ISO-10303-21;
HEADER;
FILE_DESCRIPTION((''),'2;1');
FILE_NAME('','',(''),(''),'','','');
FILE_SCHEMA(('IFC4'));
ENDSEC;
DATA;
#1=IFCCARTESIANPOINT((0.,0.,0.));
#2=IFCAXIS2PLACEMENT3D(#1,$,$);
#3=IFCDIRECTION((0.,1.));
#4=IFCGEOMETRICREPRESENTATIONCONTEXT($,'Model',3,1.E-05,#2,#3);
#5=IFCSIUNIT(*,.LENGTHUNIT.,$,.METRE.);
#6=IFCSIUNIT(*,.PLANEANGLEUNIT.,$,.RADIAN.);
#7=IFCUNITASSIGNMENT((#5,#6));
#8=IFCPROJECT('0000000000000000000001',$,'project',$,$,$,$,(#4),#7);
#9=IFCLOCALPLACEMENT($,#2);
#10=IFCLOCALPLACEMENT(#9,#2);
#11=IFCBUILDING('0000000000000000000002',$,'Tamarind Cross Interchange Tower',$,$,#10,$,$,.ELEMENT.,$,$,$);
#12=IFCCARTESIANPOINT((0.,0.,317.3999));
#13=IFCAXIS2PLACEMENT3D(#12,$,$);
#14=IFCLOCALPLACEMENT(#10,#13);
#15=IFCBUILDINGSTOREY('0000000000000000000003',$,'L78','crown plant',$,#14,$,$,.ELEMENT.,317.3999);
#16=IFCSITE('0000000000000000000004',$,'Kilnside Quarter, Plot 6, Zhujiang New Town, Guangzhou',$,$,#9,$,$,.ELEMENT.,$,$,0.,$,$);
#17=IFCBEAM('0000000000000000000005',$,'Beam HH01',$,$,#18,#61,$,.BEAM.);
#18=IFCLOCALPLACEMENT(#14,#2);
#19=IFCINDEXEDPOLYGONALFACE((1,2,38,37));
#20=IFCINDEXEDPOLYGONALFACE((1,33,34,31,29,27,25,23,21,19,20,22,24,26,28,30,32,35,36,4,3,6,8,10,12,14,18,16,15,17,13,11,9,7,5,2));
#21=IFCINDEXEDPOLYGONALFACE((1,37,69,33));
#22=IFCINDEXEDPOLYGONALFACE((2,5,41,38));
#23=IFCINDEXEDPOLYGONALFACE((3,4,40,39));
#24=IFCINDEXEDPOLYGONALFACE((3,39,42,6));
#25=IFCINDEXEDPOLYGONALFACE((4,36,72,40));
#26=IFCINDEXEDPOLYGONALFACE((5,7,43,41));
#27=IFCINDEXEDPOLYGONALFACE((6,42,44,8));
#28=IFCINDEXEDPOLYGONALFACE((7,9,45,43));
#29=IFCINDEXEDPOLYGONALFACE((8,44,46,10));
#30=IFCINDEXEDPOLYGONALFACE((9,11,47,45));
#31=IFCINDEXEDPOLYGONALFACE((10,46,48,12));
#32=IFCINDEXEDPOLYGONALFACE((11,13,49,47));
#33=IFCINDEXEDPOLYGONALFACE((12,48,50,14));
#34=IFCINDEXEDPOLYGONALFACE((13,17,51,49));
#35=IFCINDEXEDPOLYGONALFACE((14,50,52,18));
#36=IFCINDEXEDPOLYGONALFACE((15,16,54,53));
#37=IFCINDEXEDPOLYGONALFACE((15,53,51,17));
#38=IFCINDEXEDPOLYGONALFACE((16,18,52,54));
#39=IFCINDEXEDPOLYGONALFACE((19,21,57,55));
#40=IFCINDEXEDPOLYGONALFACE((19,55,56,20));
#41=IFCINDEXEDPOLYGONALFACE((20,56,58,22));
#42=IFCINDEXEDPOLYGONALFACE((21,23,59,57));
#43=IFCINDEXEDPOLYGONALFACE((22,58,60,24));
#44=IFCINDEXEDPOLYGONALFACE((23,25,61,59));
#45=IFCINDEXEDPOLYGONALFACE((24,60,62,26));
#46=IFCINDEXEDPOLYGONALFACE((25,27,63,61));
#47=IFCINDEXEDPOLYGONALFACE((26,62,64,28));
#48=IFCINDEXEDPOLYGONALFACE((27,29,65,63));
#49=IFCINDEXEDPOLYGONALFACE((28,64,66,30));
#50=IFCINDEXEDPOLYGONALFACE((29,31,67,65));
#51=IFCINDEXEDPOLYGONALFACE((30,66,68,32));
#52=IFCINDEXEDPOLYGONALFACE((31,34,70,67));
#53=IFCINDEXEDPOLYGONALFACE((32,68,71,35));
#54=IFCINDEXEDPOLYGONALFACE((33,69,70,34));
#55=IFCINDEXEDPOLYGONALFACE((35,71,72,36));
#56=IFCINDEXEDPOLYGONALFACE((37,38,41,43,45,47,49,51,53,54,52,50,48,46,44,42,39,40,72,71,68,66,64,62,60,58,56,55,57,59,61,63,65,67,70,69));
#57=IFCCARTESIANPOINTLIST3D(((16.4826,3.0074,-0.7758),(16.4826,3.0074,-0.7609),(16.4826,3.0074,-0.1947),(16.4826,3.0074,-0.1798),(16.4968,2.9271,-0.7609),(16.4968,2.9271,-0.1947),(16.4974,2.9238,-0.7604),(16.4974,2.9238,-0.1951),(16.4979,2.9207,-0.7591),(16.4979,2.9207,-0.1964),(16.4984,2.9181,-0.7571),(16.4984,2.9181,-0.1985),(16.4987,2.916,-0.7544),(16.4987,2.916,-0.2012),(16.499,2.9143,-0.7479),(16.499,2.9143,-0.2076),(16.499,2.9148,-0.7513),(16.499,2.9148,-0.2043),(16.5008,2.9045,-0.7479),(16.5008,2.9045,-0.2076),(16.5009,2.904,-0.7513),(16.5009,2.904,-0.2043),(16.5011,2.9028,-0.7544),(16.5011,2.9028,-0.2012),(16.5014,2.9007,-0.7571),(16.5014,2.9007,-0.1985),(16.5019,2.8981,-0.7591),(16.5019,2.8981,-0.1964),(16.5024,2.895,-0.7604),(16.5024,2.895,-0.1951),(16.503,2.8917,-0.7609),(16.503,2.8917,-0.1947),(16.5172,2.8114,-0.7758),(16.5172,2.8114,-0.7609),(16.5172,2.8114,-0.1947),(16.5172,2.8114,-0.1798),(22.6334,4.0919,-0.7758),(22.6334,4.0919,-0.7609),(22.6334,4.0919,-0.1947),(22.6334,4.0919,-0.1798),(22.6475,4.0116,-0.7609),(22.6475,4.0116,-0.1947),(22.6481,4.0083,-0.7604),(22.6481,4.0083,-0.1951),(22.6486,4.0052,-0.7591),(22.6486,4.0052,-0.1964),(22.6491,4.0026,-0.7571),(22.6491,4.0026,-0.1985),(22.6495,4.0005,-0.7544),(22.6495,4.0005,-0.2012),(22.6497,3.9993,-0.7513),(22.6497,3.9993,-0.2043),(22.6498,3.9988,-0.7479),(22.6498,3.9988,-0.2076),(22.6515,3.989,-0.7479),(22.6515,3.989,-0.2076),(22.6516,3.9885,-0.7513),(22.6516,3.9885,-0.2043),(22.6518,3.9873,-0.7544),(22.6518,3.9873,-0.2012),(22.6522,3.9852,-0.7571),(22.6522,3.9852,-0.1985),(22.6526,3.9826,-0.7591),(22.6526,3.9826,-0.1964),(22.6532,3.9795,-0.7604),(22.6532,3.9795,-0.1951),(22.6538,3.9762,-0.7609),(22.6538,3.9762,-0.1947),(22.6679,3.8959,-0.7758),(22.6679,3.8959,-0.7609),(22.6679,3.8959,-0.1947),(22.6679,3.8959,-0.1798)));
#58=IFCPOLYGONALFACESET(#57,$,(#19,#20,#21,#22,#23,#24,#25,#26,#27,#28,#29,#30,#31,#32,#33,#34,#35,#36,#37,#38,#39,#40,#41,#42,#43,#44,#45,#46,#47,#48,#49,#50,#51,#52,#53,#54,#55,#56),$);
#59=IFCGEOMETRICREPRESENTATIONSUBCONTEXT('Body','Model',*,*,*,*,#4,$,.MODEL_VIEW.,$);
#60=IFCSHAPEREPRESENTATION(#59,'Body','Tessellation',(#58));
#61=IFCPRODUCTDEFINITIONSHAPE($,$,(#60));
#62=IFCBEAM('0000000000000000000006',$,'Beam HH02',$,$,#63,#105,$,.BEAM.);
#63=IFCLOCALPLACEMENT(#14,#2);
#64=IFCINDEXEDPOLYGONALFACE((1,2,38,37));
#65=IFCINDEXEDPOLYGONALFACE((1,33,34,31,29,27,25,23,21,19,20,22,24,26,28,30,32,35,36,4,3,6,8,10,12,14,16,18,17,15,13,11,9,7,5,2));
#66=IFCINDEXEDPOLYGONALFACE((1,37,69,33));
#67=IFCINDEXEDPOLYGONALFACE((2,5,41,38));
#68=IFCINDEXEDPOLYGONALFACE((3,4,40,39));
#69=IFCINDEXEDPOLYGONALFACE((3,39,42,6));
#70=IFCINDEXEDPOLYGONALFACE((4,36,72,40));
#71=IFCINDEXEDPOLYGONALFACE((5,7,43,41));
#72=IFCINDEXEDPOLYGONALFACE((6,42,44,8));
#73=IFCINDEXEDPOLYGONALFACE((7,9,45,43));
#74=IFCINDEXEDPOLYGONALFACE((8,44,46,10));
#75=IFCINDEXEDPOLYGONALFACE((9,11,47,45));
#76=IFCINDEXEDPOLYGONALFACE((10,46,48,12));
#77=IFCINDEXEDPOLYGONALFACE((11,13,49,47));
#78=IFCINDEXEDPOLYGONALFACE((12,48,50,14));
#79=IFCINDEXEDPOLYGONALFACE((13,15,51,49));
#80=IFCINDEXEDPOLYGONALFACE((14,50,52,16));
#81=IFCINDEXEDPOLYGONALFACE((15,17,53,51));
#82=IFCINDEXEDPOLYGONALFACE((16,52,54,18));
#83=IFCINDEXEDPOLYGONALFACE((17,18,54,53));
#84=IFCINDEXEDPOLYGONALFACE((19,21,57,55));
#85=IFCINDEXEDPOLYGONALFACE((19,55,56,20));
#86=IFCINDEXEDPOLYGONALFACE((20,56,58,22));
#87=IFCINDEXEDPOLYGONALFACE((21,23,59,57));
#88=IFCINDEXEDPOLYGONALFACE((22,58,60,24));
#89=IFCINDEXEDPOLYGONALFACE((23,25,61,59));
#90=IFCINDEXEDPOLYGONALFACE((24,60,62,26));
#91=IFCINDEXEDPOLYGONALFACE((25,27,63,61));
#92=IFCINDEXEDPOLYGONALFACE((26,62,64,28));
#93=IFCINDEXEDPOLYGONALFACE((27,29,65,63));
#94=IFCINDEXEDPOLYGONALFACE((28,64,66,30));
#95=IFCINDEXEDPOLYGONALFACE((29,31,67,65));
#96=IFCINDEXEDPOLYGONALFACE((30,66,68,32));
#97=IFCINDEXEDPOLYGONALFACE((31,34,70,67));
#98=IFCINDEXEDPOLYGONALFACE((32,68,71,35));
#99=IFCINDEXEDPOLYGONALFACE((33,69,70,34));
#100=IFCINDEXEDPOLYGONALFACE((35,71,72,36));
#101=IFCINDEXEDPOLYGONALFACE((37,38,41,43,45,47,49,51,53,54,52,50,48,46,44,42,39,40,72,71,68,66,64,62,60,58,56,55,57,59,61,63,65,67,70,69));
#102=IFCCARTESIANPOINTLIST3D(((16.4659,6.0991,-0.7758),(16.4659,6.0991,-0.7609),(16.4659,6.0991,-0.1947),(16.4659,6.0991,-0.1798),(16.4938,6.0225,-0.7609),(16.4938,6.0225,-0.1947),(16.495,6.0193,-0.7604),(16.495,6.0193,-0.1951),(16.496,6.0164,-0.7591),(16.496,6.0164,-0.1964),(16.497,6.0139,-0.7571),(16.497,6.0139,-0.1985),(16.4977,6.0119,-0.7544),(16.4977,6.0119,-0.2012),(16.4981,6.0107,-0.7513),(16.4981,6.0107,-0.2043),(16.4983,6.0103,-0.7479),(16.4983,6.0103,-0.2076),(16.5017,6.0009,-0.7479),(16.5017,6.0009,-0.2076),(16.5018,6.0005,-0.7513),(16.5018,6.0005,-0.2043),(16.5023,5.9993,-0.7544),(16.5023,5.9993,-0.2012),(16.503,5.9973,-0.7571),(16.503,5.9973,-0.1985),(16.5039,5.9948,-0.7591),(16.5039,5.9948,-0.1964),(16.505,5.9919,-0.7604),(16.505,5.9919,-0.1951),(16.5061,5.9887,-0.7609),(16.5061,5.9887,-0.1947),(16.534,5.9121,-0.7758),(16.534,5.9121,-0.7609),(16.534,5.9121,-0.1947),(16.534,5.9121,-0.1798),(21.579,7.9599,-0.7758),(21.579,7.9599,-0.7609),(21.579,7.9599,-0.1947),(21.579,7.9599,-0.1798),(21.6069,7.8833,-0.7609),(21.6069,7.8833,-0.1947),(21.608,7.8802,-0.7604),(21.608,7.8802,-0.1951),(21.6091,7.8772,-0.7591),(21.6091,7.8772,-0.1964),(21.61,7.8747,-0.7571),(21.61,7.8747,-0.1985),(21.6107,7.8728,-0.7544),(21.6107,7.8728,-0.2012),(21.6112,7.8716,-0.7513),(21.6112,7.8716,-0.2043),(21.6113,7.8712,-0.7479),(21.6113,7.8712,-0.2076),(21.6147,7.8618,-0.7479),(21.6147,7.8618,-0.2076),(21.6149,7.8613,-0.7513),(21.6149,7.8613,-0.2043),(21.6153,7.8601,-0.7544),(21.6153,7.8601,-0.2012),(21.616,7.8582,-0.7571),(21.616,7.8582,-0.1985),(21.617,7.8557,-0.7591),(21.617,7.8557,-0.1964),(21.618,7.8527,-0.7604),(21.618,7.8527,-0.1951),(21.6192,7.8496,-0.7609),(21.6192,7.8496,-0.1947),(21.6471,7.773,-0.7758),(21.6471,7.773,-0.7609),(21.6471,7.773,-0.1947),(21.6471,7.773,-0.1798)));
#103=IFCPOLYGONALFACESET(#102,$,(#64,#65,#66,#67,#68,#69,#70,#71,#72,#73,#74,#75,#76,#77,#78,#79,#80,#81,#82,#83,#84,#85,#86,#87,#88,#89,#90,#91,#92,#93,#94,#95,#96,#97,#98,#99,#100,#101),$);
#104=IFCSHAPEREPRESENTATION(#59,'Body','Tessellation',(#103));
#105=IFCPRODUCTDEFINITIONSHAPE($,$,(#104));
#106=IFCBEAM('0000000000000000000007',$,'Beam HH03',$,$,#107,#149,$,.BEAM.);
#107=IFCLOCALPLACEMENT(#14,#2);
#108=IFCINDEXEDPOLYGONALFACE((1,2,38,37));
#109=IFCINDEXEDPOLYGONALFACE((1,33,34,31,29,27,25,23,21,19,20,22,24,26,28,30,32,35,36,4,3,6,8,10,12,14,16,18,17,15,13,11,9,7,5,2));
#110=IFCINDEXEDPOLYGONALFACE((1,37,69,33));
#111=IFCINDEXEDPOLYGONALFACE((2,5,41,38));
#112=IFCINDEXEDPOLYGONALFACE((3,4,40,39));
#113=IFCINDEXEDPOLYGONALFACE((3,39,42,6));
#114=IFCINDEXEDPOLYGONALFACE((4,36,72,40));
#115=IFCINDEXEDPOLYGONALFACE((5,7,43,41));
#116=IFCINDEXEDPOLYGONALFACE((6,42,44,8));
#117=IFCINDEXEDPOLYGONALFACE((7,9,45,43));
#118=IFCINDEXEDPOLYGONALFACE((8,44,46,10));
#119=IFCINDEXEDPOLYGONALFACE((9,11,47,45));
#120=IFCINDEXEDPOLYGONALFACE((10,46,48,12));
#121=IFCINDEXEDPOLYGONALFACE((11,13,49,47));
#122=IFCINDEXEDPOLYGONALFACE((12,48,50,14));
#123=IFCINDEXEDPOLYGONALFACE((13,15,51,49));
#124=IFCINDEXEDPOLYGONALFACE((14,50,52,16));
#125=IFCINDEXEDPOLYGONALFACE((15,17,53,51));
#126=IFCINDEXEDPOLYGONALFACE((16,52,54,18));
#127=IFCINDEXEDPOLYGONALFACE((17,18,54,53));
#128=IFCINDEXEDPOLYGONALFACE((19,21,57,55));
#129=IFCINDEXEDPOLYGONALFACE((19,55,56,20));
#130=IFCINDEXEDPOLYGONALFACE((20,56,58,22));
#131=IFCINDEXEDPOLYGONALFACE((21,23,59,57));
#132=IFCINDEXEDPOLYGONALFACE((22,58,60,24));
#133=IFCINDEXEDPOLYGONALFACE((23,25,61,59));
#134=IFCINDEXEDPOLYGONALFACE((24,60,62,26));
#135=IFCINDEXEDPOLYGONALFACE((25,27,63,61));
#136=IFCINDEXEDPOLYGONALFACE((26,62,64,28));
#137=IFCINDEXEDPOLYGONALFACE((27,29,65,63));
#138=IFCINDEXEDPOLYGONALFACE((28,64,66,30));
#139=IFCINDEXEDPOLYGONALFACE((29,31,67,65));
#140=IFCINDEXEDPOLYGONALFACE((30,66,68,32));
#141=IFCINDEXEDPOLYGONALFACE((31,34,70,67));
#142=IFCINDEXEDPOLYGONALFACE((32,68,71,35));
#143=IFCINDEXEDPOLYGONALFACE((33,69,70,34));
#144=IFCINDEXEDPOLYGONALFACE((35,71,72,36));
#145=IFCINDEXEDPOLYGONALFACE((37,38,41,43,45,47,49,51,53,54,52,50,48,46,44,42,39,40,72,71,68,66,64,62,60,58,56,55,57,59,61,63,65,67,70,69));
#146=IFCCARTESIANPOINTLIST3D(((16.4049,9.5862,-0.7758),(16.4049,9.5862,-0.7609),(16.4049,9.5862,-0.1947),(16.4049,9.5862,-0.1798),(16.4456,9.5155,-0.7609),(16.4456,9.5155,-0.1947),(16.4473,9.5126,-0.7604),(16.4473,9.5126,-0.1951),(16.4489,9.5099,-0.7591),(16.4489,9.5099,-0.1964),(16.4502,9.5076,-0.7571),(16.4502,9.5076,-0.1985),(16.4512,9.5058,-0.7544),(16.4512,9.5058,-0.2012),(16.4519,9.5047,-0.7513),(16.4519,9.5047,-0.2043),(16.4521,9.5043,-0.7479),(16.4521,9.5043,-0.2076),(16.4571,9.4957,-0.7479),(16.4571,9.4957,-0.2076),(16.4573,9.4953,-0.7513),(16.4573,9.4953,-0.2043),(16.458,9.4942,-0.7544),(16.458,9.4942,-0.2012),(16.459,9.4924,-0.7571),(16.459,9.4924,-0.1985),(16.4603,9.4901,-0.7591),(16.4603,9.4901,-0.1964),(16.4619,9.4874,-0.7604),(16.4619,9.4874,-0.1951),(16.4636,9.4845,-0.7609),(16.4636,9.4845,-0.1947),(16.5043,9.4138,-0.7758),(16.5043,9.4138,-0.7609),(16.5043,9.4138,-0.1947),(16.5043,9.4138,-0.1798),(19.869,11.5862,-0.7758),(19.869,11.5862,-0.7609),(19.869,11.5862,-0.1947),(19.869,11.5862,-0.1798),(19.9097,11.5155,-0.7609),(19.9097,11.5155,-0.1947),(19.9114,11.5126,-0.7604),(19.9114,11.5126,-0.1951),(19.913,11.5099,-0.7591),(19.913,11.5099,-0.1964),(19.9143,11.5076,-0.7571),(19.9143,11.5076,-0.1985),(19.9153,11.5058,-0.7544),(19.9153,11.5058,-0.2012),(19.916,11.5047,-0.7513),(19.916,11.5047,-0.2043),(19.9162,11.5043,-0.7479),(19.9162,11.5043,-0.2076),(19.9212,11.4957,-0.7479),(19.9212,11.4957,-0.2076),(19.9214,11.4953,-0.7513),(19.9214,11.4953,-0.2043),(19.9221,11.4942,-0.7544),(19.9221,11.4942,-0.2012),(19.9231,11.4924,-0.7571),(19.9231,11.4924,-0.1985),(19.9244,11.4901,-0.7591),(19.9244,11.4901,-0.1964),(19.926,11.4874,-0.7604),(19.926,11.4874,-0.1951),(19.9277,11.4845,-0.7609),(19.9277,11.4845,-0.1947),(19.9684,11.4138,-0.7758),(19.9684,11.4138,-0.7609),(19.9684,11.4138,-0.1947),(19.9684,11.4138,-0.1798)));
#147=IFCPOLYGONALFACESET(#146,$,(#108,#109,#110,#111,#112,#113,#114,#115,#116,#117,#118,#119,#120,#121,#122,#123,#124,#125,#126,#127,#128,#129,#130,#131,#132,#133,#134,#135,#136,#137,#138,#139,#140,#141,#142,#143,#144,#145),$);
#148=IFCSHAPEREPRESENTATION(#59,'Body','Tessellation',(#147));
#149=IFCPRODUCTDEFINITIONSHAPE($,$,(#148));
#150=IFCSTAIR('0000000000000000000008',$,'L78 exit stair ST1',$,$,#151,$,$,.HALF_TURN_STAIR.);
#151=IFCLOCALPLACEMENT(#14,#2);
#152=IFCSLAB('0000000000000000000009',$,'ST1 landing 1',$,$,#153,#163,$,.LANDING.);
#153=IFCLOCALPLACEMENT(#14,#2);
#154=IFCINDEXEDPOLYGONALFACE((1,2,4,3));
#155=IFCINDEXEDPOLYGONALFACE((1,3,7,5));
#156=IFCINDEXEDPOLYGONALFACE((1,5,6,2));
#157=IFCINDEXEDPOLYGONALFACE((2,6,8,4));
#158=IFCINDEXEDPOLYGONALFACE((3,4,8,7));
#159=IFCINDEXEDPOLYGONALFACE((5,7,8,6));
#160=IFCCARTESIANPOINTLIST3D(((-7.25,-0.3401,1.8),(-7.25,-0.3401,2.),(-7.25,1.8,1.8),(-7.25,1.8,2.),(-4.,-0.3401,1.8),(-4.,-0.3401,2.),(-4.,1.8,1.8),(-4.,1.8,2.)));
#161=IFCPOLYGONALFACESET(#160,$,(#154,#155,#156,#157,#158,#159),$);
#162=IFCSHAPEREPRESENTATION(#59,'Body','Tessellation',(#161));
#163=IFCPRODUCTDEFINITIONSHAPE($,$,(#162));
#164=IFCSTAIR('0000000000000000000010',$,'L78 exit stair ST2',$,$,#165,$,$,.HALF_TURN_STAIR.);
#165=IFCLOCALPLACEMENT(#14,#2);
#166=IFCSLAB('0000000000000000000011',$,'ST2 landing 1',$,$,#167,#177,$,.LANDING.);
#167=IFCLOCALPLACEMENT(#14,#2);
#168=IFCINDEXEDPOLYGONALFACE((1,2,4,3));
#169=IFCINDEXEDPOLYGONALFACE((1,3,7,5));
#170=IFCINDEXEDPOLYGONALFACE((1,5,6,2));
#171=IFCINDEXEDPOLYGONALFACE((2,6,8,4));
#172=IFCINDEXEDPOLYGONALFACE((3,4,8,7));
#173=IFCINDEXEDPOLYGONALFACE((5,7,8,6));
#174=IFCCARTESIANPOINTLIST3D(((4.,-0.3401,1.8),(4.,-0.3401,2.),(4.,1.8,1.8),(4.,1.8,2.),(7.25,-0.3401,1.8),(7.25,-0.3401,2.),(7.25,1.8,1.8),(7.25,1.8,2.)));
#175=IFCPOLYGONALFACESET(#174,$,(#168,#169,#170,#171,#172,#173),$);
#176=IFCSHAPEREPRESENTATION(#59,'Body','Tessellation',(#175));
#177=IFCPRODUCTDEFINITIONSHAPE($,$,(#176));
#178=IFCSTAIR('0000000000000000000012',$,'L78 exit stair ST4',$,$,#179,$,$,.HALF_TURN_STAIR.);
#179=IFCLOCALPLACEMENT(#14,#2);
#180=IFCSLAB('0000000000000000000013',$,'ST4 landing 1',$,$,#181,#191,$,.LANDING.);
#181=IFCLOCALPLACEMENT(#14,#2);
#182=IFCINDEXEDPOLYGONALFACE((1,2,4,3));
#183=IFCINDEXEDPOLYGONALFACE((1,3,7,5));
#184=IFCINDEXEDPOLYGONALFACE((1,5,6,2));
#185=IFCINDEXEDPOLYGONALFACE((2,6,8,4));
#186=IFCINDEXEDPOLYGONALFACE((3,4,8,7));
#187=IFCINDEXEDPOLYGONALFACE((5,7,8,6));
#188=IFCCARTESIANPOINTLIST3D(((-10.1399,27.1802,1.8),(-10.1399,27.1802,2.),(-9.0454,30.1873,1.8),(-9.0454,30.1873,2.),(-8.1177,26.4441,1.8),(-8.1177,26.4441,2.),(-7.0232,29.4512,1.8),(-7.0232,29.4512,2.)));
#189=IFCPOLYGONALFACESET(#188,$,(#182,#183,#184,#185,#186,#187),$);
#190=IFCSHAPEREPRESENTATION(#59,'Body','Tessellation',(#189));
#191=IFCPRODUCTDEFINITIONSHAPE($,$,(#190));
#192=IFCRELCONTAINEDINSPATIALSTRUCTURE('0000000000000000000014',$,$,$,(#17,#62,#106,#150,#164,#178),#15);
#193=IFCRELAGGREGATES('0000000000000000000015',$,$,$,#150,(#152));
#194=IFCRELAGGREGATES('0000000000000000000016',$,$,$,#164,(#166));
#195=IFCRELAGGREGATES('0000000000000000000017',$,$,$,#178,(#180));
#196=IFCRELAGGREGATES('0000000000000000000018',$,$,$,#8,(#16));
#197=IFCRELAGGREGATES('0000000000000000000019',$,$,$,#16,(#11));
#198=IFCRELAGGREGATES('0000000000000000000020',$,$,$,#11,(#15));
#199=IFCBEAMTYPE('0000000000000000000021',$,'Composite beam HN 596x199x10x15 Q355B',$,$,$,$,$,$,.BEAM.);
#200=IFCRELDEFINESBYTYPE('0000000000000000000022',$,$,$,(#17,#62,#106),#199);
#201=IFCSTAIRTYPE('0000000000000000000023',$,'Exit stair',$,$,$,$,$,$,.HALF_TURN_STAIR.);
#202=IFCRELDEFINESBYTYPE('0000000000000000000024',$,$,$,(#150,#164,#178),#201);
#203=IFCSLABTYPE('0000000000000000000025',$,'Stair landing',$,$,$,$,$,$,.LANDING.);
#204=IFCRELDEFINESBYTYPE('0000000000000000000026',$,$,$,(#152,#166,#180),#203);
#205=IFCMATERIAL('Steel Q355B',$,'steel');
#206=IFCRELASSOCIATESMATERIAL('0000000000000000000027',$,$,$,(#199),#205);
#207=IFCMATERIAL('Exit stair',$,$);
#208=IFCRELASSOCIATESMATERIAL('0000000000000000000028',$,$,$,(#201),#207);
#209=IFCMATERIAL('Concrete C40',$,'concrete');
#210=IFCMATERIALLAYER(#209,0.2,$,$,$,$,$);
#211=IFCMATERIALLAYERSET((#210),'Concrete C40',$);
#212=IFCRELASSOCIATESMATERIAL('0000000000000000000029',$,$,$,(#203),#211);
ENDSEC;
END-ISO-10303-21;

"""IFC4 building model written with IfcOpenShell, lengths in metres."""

from ifc_helpers import new_model, si_unit, direction, frame, origin, origin_2d, place, context, subcontext, project, spatial, polyline, i_section, outline, extrude, material, layer, layer_set, material_profile, profile_set, type_object, element, aggregate, save


model = new_model("IFC4")

# Units and contexts
model_context = context("Model", 3, precision=1e-05, world=origin(), true_north=direction((0.0, 1.0)))
body_context = subcontext(model_context, "Body", "Model", "MODEL_VIEW")
ifc_project = project(units=[si_unit("LENGTHUNIT", "METRE"), si_unit("PLANEANGLEUNIT", "RADIAN")], contexts=[model_context])

# Site, building, storey
site_placement = place(None, origin())
site = spatial("IfcSite", under=ifc_project, at=site_placement, Name="Kilnside Quarter, Plot 6, Zhujiang New Town, Guangzhou", CompositionType="ELEMENT", RefElevation=0.0)
building_placement = place(site_placement, origin())
building = spatial("IfcBuilding", under=site, at=building_placement, Name="Tamarind Cross Interchange Tower", CompositionType="ELEMENT")
storey_placement = place(building_placement, frame((0.0, 0.0, 317.3999)))
storey = spatial("IfcBuildingStorey", under=building, at=storey_placement, Name="L78", Description="crown plant", CompositionType="ELEMENT", Elevation=317.3999)

# Beams
ifc_material_1 = material(Name="Steel Q355B", Category="steel")
ifc_material_profile_1 = material_profile(ifc_material_1, i_section(OverallWidth=0.199, OverallDepth=0.5959, WebThickness=0.01, FlangeThickness=0.0149, FilletRadius=0.0129, at=origin_2d()), Name="HN 596x199x10x15")
ifc_profile_set_1 = profile_set([ifc_material_profile_1], Name="Steel Q355B")
beam_type_1 = type_object("IfcBeamType", Name="Composite beam HN 596x199x10x15 Q355B", PredefinedType="BEAM", material=ifc_profile_set_1)
beam_1_placement = place(storey_placement, frame((22.6506, 3.9939, -0.4778), z_axis=(-0.984809, -0.17364, 0.0), x_axis=(0.17364, -0.984809, 0.0)))
element("IfcBeam", 1, at=beam_1_placement, inside=storey, type_object=beam_type_1, Name="Beam HH01", PredefinedType="BEAM", context=body_context, shape_type="SweptSolid", body=[
    extrude(i_section(OverallWidth=0.199, OverallDepth=0.5959, WebThickness=0.01, FlangeThickness=0.0149, FilletRadius=0.0129, at=origin_2d()), origin(), (0.0, 0.0, 1.0), 6.2456),
])
beam_2_placement = place(storey_placement, frame((21.613, 7.8665, -0.4778), z_axis=(-0.939702, -0.341995, 0.0), x_axis=(0.341995, -0.939702, 0.0)))
element("IfcBeam", 2, at=beam_2_placement, inside=storey, type_object=beam_type_1, Name="Beam HH02", PredefinedType="BEAM", context=body_context, shape_type="SweptSolid", body=[
    extrude(i_section(OverallWidth=0.199, OverallDepth=0.5959, WebThickness=0.01, FlangeThickness=0.0149, FilletRadius=0.0129, at=origin_2d()), origin(), (0.0, 0.0, 1.0), 5.4412),
])
beam_3_placement = place(storey_placement, frame((19.9187, 11.5, -0.4778), z_axis=(-0.866026, -0.499999, 0.0), x_axis=(0.499999, -0.866026, 0.0)))
element("IfcBeam", 3, at=beam_3_placement, inside=storey, type_object=beam_type_1, Name="Beam HH03", PredefinedType="BEAM", context=body_context, shape_type="SweptSolid", body=[
    extrude(i_section(OverallWidth=0.199, OverallDepth=0.5959, WebThickness=0.01, FlangeThickness=0.0149, FilletRadius=0.0129, at=origin_2d()), origin(), (0.0, 0.0, 1.0), 4.0),
])

# Stairs, slabs
ifc_material_2 = material(Name="Exit stair")
stair_type = type_object("IfcStairType", Name="Exit stair", PredefinedType="HALF_TURN_STAIR", material=ifc_material_2)
stair_1_placement = place(storey_placement, origin())
stair_1 = element("IfcStair", 4, at=stair_1_placement, inside=storey, type_object=stair_type, Name="L78 exit stair ST1", PredefinedType="HALF_TURN_STAIR")
ifc_material_3 = material(Name="Concrete C40", Category="concrete")
ifc_layer_1 = layer(ifc_material_3, 0.2)
ifc_layer_set_1 = layer_set([ifc_layer_1], Name="Concrete C40")
slab_type = type_object("IfcSlabType", Name="Stair landing", PredefinedType="LANDING", material=ifc_layer_set_1)
slab_1_placement = place(storey_placement, frame((0.0, 0.0, 1.8)))
slab_1 = element("IfcSlab", 5, at=slab_1_placement, type_object=slab_type, Name="ST1 landing 1", PredefinedType="LANDING", context=body_context, shape_type="SweptSolid", body=[
    extrude(outline(polyline([(-4.0, -0.3401), (-4.0, 1.8), (-7.25, 1.8), (-7.25, -0.3401), (-4.0, -0.3401)])), origin(), (0.0, 0.0, 1.0), 0.2),
])
aggregate(stair_1, [slab_1])
stair_2_placement = place(storey_placement, origin())
stair_2 = element("IfcStair", 6, at=stair_2_placement, inside=storey, type_object=stair_type, Name="L78 exit stair ST2", PredefinedType="HALF_TURN_STAIR")
slab_2_placement = place(storey_placement, frame((0.0, 0.0, 1.8)))
slab_2 = element("IfcSlab", 7, at=slab_2_placement, type_object=slab_type, Name="ST2 landing 1", PredefinedType="LANDING", context=body_context, shape_type="SweptSolid", body=[
    extrude(outline(polyline([(7.25, -0.3401), (7.25, 1.8), (4.0, 1.8), (4.0, -0.3401), (7.25, -0.3401)])), origin(), (0.0, 0.0, 1.0), 0.2),
])
aggregate(stair_2, [slab_2])
stair_3_placement = place(storey_placement, origin())
stair_3 = element("IfcStair", 8, at=stair_3_placement, inside=storey, type_object=stair_type, Name="L78 exit stair ST4", PredefinedType="HALF_TURN_STAIR")
slab_3_placement = place(storey_placement, frame((0.0, 0.0, 1.8)))
slab_3 = element("IfcSlab", 9, at=slab_3_placement, type_object=slab_type, Name="ST4 landing 1", PredefinedType="LANDING", context=body_context, shape_type="SweptSolid", body=[
    extrude(outline(polyline([(-7.0232, 29.4512), (-9.0454, 30.1873), (-10.1399, 27.1802), (-8.1177, 26.4441), (-7.0232, 29.4512)])), origin(), (0.0, 0.0, 1.0), 0.2),
])
aggregate(stair_3, [slab_3])

save(model, "model.ifc")
